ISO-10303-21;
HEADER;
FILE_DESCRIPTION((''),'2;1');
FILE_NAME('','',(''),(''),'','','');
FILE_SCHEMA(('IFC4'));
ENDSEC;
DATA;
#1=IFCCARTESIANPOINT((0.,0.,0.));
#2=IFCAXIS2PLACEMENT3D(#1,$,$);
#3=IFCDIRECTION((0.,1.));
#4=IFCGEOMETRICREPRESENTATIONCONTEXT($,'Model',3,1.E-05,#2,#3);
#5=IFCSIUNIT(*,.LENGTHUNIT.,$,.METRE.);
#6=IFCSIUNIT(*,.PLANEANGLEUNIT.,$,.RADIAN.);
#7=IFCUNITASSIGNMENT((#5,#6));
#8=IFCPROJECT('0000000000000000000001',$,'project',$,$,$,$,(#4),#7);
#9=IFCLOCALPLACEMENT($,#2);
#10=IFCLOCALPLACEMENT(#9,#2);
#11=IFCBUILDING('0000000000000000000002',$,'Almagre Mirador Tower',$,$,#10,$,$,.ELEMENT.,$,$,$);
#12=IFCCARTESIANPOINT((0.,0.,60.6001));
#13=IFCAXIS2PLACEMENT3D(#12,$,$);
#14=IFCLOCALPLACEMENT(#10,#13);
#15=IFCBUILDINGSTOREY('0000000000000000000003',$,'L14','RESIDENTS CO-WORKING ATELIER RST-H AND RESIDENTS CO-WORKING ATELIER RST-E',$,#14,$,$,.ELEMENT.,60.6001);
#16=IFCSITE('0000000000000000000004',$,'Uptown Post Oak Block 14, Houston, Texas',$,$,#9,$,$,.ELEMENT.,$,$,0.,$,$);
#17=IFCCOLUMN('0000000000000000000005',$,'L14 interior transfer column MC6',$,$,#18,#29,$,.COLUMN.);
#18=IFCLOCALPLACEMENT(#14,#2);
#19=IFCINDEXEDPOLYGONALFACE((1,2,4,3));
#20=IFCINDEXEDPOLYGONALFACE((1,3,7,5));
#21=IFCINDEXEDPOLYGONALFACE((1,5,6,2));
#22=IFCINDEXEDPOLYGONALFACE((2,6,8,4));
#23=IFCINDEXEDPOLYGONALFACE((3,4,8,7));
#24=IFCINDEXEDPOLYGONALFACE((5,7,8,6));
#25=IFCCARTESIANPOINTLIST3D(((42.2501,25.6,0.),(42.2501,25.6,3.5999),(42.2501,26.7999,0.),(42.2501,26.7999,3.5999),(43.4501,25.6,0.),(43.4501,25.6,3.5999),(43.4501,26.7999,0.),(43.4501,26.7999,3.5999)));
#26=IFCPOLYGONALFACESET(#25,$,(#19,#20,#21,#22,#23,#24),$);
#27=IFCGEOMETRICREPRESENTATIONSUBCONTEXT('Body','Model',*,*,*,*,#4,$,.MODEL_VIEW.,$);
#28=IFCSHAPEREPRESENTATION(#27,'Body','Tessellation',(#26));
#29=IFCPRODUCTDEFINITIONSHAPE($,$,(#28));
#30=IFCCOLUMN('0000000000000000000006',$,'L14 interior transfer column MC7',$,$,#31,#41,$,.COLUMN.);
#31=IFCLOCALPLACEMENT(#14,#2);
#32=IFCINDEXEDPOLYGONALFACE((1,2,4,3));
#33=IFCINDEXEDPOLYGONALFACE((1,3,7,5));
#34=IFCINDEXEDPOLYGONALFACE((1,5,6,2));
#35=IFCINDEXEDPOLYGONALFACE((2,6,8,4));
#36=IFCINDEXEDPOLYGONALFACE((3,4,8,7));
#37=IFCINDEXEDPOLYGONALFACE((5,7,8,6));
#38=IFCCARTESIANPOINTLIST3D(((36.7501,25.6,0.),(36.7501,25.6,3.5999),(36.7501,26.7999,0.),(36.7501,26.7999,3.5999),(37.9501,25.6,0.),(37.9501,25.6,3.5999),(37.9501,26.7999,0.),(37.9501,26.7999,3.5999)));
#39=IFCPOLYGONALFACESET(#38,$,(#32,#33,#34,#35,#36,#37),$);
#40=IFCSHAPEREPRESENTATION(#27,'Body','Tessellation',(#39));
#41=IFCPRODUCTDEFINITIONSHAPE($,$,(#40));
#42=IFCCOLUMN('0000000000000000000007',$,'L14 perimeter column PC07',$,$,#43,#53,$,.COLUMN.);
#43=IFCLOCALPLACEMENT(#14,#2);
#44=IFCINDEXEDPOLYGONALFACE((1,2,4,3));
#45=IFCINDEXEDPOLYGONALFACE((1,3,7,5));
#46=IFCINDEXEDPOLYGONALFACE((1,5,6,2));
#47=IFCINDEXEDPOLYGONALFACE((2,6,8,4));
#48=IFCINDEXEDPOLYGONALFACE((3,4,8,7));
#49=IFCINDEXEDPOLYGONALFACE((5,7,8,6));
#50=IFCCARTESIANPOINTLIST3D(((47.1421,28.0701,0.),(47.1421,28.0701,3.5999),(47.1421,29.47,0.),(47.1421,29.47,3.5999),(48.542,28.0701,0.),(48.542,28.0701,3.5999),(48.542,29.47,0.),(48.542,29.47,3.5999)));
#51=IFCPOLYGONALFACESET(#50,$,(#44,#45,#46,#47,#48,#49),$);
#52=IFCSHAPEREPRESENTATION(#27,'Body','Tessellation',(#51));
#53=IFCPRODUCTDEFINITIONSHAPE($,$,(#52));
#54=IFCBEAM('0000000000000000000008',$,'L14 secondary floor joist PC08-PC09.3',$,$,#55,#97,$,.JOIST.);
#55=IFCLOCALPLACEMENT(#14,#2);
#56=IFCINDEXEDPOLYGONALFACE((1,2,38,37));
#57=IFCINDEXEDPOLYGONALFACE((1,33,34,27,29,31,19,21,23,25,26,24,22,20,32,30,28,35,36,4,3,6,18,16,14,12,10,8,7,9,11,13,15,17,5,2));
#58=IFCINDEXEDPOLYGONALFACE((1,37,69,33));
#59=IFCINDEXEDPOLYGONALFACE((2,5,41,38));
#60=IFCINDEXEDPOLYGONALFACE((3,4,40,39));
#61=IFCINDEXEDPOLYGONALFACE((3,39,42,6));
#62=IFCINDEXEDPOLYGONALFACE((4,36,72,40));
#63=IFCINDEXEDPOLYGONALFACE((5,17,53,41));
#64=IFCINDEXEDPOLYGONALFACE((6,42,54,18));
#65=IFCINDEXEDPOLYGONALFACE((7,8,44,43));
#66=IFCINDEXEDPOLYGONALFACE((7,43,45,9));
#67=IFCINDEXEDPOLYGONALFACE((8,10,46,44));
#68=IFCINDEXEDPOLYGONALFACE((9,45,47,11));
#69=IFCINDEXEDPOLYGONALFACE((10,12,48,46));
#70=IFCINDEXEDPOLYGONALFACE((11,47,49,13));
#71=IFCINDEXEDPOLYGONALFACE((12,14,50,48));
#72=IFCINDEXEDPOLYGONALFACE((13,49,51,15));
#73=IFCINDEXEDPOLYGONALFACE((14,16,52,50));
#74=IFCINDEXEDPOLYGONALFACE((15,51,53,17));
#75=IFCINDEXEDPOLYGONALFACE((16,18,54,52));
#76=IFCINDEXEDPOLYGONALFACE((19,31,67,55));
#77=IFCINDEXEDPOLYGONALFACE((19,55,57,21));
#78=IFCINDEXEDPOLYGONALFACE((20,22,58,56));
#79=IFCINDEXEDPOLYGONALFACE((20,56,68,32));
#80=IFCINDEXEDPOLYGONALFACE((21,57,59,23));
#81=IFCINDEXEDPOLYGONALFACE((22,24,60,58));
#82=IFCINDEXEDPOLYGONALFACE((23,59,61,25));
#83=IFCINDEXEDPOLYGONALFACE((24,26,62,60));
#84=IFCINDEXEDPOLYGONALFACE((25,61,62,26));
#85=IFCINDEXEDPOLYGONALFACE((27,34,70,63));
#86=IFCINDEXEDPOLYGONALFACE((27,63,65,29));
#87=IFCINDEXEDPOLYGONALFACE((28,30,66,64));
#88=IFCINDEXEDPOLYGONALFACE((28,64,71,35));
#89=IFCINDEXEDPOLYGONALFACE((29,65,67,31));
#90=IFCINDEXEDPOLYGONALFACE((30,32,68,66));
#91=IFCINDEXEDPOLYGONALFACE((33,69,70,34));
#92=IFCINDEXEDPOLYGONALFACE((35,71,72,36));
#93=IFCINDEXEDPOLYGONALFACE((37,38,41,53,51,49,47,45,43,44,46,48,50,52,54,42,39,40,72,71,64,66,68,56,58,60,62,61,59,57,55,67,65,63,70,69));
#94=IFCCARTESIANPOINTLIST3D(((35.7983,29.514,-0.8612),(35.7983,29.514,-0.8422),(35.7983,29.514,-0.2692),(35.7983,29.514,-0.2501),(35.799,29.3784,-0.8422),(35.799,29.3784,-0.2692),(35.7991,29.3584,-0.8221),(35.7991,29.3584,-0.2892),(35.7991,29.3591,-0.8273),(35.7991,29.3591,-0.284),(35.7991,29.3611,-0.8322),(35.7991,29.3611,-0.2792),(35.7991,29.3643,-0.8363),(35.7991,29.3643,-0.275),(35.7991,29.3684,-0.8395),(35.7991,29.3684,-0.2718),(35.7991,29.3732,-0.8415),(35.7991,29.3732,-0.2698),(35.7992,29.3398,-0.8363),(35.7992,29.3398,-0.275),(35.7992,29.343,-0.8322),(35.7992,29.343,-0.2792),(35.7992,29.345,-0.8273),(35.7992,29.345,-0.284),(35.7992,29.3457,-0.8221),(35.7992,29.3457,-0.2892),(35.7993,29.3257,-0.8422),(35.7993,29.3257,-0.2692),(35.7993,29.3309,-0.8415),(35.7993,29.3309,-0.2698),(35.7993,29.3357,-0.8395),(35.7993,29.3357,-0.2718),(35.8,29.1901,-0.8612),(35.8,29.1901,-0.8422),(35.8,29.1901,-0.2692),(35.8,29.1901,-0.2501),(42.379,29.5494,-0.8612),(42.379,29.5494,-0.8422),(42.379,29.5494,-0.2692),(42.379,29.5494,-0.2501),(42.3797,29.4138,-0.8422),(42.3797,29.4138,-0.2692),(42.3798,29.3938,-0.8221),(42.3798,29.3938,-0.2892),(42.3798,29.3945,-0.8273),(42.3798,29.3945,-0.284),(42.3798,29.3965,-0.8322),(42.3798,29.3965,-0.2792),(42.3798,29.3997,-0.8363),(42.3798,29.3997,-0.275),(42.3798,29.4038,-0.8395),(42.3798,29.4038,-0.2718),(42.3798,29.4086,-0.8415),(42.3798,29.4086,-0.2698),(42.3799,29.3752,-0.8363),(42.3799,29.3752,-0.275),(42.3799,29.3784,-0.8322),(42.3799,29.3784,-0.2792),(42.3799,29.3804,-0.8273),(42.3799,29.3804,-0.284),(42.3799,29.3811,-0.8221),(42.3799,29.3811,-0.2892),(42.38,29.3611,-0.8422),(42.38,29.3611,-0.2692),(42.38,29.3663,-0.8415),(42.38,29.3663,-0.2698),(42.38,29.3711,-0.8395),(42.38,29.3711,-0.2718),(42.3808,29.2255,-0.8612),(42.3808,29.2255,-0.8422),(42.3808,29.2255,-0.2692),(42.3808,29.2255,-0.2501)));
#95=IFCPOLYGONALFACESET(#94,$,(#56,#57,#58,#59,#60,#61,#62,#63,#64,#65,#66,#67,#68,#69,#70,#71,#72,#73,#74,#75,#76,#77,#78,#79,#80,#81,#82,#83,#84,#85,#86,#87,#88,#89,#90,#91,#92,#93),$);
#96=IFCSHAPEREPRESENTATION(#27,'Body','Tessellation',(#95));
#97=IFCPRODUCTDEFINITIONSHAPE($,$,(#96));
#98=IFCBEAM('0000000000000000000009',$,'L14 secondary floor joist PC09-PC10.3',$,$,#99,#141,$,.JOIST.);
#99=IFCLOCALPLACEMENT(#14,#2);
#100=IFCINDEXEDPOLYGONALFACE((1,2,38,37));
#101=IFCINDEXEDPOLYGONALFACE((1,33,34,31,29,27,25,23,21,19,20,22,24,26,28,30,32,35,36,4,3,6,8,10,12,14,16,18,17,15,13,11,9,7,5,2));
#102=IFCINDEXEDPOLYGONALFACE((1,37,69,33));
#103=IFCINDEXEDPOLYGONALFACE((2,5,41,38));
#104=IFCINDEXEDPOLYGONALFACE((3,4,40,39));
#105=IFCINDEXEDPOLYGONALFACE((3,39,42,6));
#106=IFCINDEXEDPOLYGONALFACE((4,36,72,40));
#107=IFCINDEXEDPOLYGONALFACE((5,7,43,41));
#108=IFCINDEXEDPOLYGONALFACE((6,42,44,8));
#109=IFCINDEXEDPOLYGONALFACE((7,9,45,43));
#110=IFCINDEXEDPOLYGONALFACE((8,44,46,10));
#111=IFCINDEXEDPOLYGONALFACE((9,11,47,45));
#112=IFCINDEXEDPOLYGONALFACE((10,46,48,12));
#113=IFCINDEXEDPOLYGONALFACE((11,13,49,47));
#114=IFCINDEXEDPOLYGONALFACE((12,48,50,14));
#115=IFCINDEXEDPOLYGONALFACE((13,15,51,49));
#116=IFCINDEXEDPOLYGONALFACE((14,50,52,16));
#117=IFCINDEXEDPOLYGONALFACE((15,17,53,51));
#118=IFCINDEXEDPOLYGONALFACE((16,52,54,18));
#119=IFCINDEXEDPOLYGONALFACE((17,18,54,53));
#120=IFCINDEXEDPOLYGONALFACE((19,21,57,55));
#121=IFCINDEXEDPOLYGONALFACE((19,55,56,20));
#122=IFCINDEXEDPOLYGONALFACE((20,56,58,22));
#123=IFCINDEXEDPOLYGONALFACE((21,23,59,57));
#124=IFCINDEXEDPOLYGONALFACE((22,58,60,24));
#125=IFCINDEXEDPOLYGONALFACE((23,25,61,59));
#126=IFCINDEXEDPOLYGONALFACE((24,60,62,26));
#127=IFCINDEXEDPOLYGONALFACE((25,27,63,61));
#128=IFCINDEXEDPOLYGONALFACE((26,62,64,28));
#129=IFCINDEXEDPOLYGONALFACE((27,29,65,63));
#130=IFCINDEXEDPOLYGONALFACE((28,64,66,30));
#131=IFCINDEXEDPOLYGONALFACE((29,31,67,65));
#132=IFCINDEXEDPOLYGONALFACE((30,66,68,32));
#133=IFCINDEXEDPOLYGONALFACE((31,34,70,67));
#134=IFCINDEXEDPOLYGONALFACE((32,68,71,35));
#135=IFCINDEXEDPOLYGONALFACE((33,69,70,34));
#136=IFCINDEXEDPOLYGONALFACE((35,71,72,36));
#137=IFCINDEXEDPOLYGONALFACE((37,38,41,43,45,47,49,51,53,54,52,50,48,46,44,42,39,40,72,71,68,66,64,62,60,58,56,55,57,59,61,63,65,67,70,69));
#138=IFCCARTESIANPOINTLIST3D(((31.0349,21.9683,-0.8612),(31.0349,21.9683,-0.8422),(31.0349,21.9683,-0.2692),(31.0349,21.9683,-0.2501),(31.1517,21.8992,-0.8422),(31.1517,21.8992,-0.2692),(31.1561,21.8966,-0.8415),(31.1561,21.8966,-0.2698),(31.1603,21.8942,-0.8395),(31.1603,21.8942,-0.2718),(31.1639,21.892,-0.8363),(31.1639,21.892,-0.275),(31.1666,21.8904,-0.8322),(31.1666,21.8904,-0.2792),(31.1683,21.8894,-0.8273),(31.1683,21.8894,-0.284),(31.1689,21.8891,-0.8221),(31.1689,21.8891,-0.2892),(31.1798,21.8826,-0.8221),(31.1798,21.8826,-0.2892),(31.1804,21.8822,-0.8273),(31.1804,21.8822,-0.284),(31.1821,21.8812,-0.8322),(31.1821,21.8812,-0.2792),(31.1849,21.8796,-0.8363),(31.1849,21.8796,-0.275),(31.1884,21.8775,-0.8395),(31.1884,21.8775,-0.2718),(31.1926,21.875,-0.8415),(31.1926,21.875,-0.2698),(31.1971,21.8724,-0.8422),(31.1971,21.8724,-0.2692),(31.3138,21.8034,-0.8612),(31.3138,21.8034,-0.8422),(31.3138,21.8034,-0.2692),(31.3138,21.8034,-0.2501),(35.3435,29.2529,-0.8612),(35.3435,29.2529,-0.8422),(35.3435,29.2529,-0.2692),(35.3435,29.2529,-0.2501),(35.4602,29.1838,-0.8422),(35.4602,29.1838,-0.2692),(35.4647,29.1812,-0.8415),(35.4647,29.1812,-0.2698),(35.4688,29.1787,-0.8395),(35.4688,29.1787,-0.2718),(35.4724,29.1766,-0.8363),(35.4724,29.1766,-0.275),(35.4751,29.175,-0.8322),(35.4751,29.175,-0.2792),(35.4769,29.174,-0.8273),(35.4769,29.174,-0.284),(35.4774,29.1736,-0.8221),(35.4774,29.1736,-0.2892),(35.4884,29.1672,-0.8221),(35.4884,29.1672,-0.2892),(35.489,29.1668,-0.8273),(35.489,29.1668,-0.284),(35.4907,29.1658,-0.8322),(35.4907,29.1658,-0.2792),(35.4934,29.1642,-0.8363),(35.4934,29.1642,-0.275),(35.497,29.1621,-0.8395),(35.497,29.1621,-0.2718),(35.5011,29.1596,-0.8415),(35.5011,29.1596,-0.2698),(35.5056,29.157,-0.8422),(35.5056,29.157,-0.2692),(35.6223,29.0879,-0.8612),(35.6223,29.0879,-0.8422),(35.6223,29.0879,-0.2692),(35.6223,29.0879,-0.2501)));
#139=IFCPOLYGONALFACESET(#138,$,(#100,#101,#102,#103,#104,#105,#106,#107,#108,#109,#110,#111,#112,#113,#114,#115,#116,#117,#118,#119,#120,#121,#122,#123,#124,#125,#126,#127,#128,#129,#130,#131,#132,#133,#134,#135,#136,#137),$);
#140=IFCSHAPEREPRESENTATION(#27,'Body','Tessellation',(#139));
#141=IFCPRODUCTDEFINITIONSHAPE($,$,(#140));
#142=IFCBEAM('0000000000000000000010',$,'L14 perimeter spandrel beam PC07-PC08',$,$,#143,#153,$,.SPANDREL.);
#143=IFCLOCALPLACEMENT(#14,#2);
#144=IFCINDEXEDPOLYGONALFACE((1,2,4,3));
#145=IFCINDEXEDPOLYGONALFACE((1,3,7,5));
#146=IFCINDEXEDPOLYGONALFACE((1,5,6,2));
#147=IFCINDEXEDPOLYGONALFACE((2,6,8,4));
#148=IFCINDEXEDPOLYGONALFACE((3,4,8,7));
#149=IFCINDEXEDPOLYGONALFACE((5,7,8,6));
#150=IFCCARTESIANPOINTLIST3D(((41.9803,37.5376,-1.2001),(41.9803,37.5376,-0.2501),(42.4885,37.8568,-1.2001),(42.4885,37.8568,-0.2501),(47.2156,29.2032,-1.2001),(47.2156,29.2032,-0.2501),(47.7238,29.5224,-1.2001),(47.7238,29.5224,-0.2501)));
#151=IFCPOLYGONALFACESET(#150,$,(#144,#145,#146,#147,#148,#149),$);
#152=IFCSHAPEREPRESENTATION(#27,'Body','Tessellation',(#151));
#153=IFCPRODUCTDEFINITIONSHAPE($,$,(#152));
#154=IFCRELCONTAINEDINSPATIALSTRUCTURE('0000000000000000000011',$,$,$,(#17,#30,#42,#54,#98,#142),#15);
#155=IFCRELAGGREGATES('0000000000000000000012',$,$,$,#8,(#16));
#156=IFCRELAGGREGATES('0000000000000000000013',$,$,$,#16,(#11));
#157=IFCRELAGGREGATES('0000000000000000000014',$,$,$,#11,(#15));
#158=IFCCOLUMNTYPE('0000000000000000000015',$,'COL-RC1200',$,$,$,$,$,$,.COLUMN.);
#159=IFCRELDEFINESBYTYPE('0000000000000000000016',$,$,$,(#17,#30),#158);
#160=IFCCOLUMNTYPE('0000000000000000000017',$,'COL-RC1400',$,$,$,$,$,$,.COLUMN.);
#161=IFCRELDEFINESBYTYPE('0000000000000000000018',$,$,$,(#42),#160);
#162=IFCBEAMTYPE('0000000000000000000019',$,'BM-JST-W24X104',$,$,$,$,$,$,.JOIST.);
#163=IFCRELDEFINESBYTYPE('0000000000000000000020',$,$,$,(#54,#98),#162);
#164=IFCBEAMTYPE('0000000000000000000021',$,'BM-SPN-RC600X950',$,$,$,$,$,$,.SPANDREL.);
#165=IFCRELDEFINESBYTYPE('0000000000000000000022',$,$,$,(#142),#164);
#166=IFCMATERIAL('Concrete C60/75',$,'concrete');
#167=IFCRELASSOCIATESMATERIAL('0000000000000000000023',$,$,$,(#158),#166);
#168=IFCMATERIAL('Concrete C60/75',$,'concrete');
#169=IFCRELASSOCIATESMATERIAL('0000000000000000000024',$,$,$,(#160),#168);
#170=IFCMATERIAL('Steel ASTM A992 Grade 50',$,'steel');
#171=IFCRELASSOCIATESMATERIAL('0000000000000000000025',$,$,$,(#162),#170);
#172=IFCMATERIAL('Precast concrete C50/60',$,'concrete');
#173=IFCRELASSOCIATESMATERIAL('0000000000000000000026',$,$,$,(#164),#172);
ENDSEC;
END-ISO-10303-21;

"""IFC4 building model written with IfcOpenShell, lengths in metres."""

from ifc_helpers import new_model, si_unit, direction, frame, origin, origin_2d, place, context, subcontext, project, spatial, rectangle, i_section, extrude, material, material_profile, profile_set, type_object, element, save


model = new_model("IFC4")

# Units and contexts
model_context = context("Model", 3, precision=1e-05, world=origin(), true_north=direction((0.0, 1.0)))
body_context = subcontext(model_context, "Body", "Model", "MODEL_VIEW")
ifc_project = project(units=[si_unit("LENGTHUNIT", "METRE"), si_unit("PLANEANGLEUNIT", "RADIAN")], contexts=[model_context])

# Site, building, storey
site_placement = place(None, origin())
site = spatial("IfcSite", under=ifc_project, at=site_placement, Name="Uptown Post Oak Block 14, Houston, Texas", CompositionType="ELEMENT", RefElevation=0.0)
building_placement = place(site_placement, origin())
building = spatial("IfcBuilding", under=site, at=building_placement, Name="Almagre Mirador Tower", CompositionType="ELEMENT")
storey_placement = place(building_placement, frame((0.0, 0.0, 60.6001)))
storey = spatial("IfcBuildingStorey", under=building, at=storey_placement, Name="L14", Description="RESIDENTS CO-WORKING ATELIER RST-H AND RESIDENTS CO-WORKING ATELIER RST-E", CompositionType="ELEMENT", Elevation=60.6001)

# Columns
ifc_material_1 = material(Name="Concrete C60/75", Category="concrete")
ifc_material_profile_1 = material_profile(ifc_material_1, rectangle(XDim=1.2, YDim=1.2, at=origin_2d()), Name="RC1200X1200")
ifc_profile_set_1 = profile_set([ifc_material_profile_1], Name="Concrete C60/75")
column_type_1 = type_object("IfcColumnType", Name="COL-RC1200", PredefinedType="COLUMN", material=ifc_profile_set_1)
for number, where, z_axis, x_axis, name in (
    (1, (42.8501, 26.2, 0.0), (0.0, 0.0, 1.0), (1.0, 0.0, 0.0), "L14 interior transfer column MC6"),
    (2, (37.3501, 26.2, 0.0), (0.0, 0.0, 1.0), (1.0, 0.0, 0.0), "L14 interior transfer column MC7"),
):
    element("IfcColumn", number, at=place(storey_placement, frame(where, z_axis=z_axis, x_axis=x_axis)), inside=storey, type_object=column_type_1, Name=name, PredefinedType="COLUMN", context=body_context, shape_type="SweptSolid", body=[
        extrude(rectangle(XDim=1.2, YDim=1.2, at=origin_2d()), origin(), (0.0, 0.0, 1.0), 3.5999),
    ])
ifc_material_2 = material(Name="Concrete C60/75", Category="concrete")
ifc_material_profile_2 = material_profile(ifc_material_2, rectangle(XDim=1.3999, YDim=1.3999, at=origin_2d()), Name="RC1400X1400")
ifc_profile_set_2 = profile_set([ifc_material_profile_2], Name="Concrete C60/75")
column_type_2 = type_object("IfcColumnType", Name="COL-RC1400", PredefinedType="COLUMN", material=ifc_profile_set_2)
column_placement = place(storey_placement, frame((47.842, 28.77, 0.0), z_axis=(0.0, 0.0, 1.0), x_axis=(1.0, 0.0, 0.0)))
element("IfcColumn", 3, at=column_placement, inside=storey, type_object=column_type_2, Name="L14 perimeter column PC07", PredefinedType="COLUMN", context=body_context, shape_type="SweptSolid", body=[
    extrude(rectangle(XDim=1.3999, YDim=1.3999, at=origin_2d()), origin(), (0.0, 0.0, 1.0), 3.5999),
])

# Beams
ifc_material_3 = material(Name="Steel ASTM A992 Grade 50", Category="steel")
ifc_material_profile_3 = material_profile(ifc_material_3, i_section(OverallWidth=0.324, OverallDepth=0.6111, WebThickness=0.0127, FlangeThickness=0.019, FilletRadius=0.02, at=origin_2d()), Name="W24X104")
ifc_profile_set_3 = profile_set([ifc_material_profile_3], Name="Steel ASTM A992 Grade 50")
beam_type_1 = type_object("IfcBeamType", Name="BM-JST-W24X104", PredefinedType="JOIST", material=ifc_profile_set_3)
beam_1_placement = place(storey_placement, frame((42.3799, 29.3875, -0.5557), z_axis=(-0.999986, -0.005379, 0.0), x_axis=(0.005379, -0.999986, 0.0)))
element("IfcBeam", 4, at=beam_1_placement, inside=storey, type_object=beam_type_1, Name="L14 secondary floor joist PC08-PC09.3", PredefinedType="JOIST", context=body_context, shape_type="SweptSolid", body=[
    extrude(i_section(OverallWidth=0.324, OverallDepth=0.6111, WebThickness=0.0127, FlangeThickness=0.019, FilletRadius=0.02, at=origin_2d()), origin(), (0.0, 0.0, 1.0), 6.5808),
])
beam_2_placement = place(storey_placement, frame((35.4829, 29.1704, -0.5557), z_axis=(-0.509081, -0.860719, 0.0), x_axis=(0.860719, -0.509081, 0.0)))
element("IfcBeam", 5, at=beam_2_placement, inside=storey, type_object=beam_type_1, Name="L14 secondary floor joist PC09-PC10.3", PredefinedType="JOIST", context=body_context, shape_type="SweptSolid", body=[
    extrude(i_section(OverallWidth=0.324, OverallDepth=0.6111, WebThickness=0.0127, FlangeThickness=0.019, FilletRadius=0.02, at=origin_2d()), origin(), (0.0, 0.0, 1.0), 8.4634),
])
ifc_material_4 = material(Name="Precast concrete C50/60", Category="concrete")
ifc_material_profile_4 = material_profile(ifc_material_4, rectangle(XDim=0.6001, YDim=0.95, at=origin_2d()), Name="RC600X950")
ifc_profile_set_4 = profile_set([ifc_material_profile_4], Name="Precast concrete C50/60")
beam_type_2 = type_object("IfcBeamType", Name="BM-SPN-RC600X950", PredefinedType="SPANDREL", material=ifc_profile_set_4)
beam_3_placement = place(storey_placement, frame((47.4697, 29.3628, -0.7251), z_axis=(-0.53192, 0.846795, 0.0), x_axis=(-0.846795, -0.53192, 0.0)))
element("IfcBeam", 6, at=beam_3_placement, inside=storey, type_object=beam_type_2, Name="L14 perimeter spandrel beam PC07-PC08", PredefinedType="SPANDREL", context=body_context, shape_type="SweptSolid", body=[
    extrude(rectangle(XDim=0.6001, YDim=0.95, at=origin_2d()), origin(), (0.0, 0.0, 1.0), 9.8423),
])

save(model, "model.ifc")
